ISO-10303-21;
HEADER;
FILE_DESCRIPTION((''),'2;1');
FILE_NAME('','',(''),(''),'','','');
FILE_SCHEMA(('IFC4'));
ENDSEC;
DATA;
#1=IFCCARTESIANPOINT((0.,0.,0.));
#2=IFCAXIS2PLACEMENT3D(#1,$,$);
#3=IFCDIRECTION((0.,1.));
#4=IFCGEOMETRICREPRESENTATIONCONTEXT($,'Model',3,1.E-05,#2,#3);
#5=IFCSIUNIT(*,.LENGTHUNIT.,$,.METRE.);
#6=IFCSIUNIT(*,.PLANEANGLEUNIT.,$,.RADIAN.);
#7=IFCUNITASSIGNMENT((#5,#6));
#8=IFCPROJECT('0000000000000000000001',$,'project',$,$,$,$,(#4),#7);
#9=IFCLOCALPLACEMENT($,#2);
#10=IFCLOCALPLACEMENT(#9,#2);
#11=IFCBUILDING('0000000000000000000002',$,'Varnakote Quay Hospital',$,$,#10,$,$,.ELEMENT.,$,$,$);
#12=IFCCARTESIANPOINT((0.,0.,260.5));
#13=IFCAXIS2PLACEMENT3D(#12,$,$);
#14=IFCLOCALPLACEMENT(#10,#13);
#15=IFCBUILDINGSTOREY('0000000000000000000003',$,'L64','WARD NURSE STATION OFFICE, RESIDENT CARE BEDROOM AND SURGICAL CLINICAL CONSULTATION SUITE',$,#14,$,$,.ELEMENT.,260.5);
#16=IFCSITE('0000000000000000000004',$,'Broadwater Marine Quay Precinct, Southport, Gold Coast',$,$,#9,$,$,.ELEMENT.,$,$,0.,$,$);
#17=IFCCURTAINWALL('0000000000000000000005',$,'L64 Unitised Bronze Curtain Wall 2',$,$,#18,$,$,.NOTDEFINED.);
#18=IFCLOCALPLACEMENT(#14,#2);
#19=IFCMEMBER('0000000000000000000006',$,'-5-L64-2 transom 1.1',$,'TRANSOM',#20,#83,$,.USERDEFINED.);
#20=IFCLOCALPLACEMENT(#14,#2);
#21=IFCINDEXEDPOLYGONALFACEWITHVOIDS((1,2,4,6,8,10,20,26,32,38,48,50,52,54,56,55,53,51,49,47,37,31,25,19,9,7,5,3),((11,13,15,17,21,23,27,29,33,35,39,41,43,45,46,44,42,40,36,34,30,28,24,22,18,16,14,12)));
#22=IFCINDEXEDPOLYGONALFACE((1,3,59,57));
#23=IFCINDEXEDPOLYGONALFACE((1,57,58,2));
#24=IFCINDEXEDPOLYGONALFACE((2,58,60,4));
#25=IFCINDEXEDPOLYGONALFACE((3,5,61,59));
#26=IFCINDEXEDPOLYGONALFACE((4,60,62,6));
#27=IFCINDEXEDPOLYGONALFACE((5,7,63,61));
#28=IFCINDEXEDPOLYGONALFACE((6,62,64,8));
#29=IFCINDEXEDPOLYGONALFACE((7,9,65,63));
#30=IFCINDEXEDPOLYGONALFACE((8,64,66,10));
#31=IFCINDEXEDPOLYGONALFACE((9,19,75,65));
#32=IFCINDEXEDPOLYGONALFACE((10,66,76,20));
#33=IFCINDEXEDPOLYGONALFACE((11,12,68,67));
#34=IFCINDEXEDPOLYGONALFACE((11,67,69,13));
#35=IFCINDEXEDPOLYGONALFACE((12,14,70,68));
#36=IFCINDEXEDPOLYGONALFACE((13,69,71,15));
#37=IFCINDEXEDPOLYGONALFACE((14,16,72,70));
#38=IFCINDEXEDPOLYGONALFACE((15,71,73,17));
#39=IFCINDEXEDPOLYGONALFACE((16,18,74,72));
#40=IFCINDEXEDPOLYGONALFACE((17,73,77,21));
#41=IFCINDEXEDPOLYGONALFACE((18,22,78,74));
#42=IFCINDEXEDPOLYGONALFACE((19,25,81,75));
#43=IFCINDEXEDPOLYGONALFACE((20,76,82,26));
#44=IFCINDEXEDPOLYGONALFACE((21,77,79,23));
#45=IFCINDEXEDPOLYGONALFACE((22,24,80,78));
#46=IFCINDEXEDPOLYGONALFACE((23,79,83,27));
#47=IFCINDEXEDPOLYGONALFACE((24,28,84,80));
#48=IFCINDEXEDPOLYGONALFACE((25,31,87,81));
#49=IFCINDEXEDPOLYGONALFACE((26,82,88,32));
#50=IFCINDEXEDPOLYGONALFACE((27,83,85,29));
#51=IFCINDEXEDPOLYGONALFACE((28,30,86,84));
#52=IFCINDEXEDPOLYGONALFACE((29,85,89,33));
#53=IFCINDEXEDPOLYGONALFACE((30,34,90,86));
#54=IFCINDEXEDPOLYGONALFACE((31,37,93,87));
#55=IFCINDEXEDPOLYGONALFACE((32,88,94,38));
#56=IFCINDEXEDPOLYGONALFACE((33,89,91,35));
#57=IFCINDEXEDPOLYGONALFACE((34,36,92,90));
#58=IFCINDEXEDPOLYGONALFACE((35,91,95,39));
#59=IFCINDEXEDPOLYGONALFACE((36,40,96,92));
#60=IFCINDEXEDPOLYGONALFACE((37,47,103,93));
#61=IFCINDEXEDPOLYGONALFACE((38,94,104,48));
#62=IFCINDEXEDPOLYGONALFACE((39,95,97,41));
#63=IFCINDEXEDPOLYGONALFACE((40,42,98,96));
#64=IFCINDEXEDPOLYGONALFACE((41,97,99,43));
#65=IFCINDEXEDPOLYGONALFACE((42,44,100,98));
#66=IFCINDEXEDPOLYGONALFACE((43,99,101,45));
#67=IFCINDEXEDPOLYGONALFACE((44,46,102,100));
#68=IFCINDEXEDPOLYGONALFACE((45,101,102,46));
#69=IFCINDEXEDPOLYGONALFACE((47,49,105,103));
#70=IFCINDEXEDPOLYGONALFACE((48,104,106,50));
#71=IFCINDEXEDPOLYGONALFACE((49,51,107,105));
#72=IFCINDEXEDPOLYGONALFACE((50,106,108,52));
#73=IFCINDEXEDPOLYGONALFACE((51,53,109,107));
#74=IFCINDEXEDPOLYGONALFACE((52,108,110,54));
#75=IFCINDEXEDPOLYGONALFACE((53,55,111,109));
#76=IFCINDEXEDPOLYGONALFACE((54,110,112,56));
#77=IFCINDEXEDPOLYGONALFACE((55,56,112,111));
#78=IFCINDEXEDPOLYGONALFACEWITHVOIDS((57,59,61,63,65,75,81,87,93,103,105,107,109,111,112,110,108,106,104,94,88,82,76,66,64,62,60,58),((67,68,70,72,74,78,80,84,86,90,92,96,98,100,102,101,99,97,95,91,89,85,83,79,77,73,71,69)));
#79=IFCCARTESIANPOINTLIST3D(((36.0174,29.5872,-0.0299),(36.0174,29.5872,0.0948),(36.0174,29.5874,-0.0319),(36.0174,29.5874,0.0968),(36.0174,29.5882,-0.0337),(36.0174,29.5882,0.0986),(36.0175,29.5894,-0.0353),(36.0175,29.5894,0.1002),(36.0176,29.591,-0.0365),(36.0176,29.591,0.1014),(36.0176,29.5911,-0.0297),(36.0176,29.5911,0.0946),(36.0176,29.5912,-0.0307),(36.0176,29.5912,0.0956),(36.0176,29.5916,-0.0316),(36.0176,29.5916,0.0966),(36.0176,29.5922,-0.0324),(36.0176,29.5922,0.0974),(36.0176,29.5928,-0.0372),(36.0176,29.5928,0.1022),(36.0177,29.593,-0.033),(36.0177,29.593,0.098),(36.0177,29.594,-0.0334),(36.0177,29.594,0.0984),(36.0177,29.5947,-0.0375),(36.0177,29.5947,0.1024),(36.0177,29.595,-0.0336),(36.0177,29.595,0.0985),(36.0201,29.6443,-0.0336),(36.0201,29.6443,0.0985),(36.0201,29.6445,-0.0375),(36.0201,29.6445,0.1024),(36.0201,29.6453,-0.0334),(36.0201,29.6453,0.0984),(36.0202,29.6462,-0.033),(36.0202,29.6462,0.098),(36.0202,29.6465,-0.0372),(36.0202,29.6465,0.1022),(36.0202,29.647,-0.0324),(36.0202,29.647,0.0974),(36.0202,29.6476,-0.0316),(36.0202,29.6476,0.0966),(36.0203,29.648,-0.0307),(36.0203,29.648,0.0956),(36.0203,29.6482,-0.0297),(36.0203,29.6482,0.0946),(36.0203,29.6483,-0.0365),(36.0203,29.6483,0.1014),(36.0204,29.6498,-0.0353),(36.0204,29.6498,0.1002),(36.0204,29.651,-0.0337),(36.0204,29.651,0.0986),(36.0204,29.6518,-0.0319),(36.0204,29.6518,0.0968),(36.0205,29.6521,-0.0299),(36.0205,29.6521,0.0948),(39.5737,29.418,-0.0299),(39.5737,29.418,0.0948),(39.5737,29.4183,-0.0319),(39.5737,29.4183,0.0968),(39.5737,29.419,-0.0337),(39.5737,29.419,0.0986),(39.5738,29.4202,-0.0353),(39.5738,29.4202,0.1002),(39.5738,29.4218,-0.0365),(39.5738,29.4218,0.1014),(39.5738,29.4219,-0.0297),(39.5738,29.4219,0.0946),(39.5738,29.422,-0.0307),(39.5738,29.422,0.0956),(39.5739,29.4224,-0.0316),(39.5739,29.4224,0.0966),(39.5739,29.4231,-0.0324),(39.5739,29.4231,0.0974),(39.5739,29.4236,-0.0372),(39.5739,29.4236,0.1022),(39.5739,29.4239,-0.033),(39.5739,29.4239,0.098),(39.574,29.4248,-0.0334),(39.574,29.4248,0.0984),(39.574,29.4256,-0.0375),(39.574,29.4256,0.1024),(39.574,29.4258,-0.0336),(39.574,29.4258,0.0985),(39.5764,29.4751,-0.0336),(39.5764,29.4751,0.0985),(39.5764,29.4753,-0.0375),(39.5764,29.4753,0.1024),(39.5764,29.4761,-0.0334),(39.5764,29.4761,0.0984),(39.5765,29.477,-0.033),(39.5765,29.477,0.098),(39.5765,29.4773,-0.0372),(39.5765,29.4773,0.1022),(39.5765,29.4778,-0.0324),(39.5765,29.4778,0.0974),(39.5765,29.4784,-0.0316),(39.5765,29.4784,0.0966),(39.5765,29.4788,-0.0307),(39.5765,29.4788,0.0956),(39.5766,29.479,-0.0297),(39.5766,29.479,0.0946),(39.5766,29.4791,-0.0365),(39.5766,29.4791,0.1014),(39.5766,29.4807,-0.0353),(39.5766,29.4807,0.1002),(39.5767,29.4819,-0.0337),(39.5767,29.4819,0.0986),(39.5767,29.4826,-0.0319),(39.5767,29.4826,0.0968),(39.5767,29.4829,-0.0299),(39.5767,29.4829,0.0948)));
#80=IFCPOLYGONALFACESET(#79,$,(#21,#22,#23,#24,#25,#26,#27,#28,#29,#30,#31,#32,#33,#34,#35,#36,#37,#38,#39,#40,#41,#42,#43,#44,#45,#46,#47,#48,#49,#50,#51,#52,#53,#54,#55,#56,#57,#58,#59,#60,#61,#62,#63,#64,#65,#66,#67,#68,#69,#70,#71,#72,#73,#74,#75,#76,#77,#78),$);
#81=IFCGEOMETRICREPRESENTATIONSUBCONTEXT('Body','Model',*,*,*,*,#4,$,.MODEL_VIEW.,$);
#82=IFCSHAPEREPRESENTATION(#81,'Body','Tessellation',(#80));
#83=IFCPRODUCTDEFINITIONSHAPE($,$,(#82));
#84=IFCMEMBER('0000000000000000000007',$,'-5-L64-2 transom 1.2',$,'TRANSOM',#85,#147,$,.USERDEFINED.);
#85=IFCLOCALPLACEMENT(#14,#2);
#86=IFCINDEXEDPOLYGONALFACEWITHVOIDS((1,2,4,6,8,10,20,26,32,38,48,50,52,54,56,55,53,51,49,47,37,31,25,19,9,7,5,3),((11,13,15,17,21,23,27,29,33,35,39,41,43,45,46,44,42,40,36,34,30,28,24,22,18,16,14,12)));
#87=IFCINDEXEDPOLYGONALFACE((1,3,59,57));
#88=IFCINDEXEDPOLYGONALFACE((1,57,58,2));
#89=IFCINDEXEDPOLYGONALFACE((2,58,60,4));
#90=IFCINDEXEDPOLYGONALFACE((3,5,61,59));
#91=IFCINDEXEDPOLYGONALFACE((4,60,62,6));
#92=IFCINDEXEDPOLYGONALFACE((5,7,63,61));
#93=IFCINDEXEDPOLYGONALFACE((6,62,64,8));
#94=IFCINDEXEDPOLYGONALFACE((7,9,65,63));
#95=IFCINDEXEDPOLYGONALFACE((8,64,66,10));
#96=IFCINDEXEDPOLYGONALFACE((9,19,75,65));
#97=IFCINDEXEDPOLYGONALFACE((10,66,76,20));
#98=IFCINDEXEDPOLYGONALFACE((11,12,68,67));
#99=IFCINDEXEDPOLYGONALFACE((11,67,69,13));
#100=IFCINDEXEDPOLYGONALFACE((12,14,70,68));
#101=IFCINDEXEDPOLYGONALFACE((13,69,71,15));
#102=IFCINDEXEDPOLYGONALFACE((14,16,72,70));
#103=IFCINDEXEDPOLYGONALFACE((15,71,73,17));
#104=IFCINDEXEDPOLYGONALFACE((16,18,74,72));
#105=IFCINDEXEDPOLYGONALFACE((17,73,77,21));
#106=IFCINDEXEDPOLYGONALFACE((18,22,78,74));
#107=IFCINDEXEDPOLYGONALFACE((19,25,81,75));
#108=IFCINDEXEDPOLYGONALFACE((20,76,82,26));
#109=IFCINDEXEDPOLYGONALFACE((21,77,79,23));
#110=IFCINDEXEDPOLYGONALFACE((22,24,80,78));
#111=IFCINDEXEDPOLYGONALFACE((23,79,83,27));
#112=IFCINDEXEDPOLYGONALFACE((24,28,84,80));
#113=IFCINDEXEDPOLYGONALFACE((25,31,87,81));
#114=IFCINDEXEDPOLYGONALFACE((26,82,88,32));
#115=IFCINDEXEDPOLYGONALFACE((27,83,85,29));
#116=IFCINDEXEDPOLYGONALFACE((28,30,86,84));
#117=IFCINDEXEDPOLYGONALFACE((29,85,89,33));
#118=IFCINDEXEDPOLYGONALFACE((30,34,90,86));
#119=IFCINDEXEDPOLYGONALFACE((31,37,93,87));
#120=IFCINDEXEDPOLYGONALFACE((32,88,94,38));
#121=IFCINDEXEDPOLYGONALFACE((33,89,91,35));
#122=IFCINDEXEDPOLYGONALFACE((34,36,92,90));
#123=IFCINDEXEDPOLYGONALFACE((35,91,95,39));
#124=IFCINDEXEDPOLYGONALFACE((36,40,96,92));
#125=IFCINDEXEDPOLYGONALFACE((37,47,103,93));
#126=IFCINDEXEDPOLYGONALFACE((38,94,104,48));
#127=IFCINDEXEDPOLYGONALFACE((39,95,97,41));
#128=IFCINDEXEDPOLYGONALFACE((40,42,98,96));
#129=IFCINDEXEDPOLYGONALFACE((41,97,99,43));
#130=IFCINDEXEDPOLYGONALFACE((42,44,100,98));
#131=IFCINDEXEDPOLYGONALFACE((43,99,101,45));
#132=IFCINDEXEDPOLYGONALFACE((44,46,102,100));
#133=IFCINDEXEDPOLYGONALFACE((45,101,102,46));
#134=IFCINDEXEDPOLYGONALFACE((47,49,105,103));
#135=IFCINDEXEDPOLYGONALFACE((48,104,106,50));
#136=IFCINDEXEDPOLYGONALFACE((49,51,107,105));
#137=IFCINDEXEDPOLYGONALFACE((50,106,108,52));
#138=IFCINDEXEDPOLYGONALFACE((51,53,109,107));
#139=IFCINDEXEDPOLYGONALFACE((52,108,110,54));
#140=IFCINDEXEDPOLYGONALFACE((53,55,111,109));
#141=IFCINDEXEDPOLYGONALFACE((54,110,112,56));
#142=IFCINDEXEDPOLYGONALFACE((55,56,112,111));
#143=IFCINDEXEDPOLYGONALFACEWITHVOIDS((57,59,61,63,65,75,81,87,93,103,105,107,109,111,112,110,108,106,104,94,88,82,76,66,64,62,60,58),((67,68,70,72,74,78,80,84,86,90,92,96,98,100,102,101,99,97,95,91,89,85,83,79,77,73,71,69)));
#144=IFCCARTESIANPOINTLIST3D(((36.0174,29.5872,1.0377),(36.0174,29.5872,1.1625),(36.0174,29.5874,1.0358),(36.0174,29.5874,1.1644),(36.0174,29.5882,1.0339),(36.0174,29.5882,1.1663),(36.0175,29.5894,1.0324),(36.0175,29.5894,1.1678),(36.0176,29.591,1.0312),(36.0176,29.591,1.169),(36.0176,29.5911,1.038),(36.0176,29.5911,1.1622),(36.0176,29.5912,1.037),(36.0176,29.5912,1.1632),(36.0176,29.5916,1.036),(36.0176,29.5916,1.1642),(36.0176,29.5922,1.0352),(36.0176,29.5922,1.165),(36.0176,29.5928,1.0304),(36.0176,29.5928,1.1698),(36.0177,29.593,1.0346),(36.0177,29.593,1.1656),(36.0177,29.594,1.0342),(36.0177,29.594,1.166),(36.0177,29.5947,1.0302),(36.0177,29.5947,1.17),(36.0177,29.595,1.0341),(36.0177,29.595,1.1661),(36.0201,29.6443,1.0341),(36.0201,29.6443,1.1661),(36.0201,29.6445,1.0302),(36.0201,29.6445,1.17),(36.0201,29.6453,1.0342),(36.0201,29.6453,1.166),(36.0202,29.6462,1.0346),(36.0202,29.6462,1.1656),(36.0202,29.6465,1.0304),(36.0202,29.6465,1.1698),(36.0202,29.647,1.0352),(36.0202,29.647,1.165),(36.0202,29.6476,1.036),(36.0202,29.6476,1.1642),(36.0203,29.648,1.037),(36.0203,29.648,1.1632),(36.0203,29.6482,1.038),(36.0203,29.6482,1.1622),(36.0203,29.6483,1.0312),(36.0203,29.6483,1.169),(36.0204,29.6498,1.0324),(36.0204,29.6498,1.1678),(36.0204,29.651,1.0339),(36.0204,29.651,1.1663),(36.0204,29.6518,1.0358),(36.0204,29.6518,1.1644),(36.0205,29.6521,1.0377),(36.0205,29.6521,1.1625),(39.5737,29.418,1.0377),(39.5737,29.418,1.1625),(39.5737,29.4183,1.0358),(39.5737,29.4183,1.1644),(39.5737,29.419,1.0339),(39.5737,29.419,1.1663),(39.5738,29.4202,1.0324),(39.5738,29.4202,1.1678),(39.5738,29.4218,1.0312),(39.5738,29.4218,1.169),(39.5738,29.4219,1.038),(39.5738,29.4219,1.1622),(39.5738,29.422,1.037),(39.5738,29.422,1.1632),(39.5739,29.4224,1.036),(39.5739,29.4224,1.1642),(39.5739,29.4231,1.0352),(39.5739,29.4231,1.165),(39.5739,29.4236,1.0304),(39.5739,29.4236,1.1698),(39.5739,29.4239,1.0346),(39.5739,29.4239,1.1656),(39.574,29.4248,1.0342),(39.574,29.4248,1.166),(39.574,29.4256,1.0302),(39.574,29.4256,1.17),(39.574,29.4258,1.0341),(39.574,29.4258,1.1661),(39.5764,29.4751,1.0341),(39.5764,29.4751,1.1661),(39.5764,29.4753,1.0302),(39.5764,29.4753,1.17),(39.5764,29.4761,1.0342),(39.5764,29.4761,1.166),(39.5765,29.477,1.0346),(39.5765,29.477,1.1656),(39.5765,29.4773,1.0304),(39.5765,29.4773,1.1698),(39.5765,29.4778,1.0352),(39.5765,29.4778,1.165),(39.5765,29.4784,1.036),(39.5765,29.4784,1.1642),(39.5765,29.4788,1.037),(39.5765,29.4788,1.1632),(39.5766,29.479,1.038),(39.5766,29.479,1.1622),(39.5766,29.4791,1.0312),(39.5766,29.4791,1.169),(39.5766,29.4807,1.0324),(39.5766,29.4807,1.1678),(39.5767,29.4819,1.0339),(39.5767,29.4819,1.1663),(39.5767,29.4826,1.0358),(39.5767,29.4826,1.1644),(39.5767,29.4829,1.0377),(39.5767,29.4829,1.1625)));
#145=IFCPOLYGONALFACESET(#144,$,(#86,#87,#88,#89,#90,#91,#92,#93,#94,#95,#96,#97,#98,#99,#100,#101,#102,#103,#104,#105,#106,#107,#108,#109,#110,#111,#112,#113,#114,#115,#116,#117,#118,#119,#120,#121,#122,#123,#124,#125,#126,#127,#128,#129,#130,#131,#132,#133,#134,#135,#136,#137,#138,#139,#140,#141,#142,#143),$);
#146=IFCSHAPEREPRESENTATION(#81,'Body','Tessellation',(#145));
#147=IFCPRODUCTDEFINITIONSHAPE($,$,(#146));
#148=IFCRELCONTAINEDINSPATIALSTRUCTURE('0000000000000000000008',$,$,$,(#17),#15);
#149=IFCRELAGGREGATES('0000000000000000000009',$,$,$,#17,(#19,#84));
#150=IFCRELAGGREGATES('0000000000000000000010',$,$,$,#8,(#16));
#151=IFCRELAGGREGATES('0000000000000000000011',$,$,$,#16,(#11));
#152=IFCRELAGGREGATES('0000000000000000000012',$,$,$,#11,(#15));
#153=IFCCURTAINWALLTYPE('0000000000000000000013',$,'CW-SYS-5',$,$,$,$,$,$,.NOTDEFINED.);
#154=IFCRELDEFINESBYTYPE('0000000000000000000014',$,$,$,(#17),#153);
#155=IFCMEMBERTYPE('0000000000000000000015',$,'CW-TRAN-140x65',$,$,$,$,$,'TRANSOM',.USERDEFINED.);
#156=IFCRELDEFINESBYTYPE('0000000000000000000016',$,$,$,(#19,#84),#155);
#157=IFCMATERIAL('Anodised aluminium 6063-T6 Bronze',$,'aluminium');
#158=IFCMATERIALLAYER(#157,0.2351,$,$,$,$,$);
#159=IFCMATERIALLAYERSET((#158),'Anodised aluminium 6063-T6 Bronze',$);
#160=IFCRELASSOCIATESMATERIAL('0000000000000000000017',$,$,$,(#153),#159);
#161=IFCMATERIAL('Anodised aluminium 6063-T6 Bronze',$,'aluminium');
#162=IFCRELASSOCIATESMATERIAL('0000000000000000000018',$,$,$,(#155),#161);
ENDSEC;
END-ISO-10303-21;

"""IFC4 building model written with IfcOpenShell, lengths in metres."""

from ifc_helpers import new_model, si_unit, direction, frame, origin, origin_2d, place, context, subcontext, project, spatial, hollow_rectangle, extrude, material, layer, layer_set, material_profile, profile_set, type_object, element, aggregate, save


model = new_model("IFC4")

# Units and contexts
model_context = context("Model", 3, precision=1e-05, world=origin(), true_north=direction((0.0, 1.0)))
body_context = subcontext(model_context, "Body", "Model", "MODEL_VIEW")
ifc_project = project(units=[si_unit("LENGTHUNIT", "METRE"), si_unit("PLANEANGLEUNIT", "RADIAN")], contexts=[model_context])

# Site, building, storey
site_placement = place(None, origin())
site = spatial("IfcSite", under=ifc_project, at=site_placement, Name="Broadwater Marine Quay Precinct, Southport, Gold Coast", CompositionType="ELEMENT", RefElevation=0.0)
building_placement = place(site_placement, origin())
building = spatial("IfcBuilding", under=site, at=building_placement, Name="Varnakote Quay Hospital", CompositionType="ELEMENT")
storey_placement = place(building_placement, frame((0.0, 0.0, 260.5)))
storey = spatial("IfcBuildingStorey", under=building, at=storey_placement, Name="L64", Description="WARD NURSE STATION OFFICE, RESIDENT CARE BEDROOM AND SURGICAL CLINICAL CONSULTATION SUITE", CompositionType="ELEMENT", Elevation=260.5)

# Shared definitions
ifc_material_1 = material(Name="Anodised aluminium 6063-T6 Bronze", Category="aluminium")
ifc_layer_1 = layer(ifc_material_1, 0.2351)
ifc_layer_set_1 = layer_set([ifc_layer_1], Name="Anodised aluminium 6063-T6 Bronze")
curtain_wall_type = type_object("IfcCurtainWallType", Name="CW-SYS-5", PredefinedType="NOTDEFINED", material=ifc_layer_set_1)

# Curtain wall
curtain_wall_1_placement = place(storey_placement, origin())
curtain_wall_1 = element("IfcCurtainWall", 1, at=curtain_wall_1_placement, inside=storey, type_object=curtain_wall_type, Name="L64 Unitised Bronze Curtain Wall 2", PredefinedType="NOTDEFINED")

# Members
ifc_material_2 = material(Name="Anodised aluminium 6063-T6 Bronze", Category="aluminium")
ifc_material_profile_1 = material_profile(ifc_material_2, hollow_rectangle(XDim=0.0649, YDim=0.1399, WallThickness=0.0039, InnerFilletRadius=0.0039, OuterFilletRadius=0.0076, at=origin_2d()), Name="CW-TRAN-140x65")
ifc_profile_set_1 = profile_set([ifc_material_profile_1], Name="Anodised aluminium 6063-T6 Bronze")
member_type_1 = type_object("IfcMemberType", Name="CW-TRAN-140x65", ElementType="TRANSOM", PredefinedType="USERDEFINED", material=ifc_profile_set_1)
member_1_placement = place(storey_placement, frame((39.5752, 29.4504, 0.0325), z_axis=(-0.99887, 0.04752, 0.0), x_axis=(-0.04752, -0.99887, 0.0)))
member_1 = element("IfcMember", 2, at=member_1_placement, type_object=member_type_1, Name="-5-L64-2 transom 1.1", ObjectType="TRANSOM", PredefinedType="USERDEFINED", context=body_context, shape_type="SweptSolid", body=[
    extrude(hollow_rectangle(XDim=0.0649, YDim=0.1399, WallThickness=0.0039, InnerFilletRadius=0.0039, OuterFilletRadius=0.0076, at=origin_2d()), origin(), (0.0, 0.0, 1.0), 3.5603),
])
member_2_placement = place(storey_placement, frame((39.5752, 29.4504, 1.1001), z_axis=(-0.99887, 0.04752, 0.0), x_axis=(-0.04752, -0.99887, 0.0)))
member_2 = element("IfcMember", 3, at=member_2_placement, type_object=member_type_1, Name="-5-L64-2 transom 1.2", ObjectType="TRANSOM", PredefinedType="USERDEFINED", context=body_context, shape_type="SweptSolid", body=[
    extrude(hollow_rectangle(XDim=0.0649, YDim=0.1399, WallThickness=0.0039, InnerFilletRadius=0.0039, OuterFilletRadius=0.0076, at=origin_2d()), origin(), (0.0, 0.0, 1.0), 3.5603),
])

aggregate(curtain_wall_1, [member_1, member_2])

save(model, "model.ifc")
